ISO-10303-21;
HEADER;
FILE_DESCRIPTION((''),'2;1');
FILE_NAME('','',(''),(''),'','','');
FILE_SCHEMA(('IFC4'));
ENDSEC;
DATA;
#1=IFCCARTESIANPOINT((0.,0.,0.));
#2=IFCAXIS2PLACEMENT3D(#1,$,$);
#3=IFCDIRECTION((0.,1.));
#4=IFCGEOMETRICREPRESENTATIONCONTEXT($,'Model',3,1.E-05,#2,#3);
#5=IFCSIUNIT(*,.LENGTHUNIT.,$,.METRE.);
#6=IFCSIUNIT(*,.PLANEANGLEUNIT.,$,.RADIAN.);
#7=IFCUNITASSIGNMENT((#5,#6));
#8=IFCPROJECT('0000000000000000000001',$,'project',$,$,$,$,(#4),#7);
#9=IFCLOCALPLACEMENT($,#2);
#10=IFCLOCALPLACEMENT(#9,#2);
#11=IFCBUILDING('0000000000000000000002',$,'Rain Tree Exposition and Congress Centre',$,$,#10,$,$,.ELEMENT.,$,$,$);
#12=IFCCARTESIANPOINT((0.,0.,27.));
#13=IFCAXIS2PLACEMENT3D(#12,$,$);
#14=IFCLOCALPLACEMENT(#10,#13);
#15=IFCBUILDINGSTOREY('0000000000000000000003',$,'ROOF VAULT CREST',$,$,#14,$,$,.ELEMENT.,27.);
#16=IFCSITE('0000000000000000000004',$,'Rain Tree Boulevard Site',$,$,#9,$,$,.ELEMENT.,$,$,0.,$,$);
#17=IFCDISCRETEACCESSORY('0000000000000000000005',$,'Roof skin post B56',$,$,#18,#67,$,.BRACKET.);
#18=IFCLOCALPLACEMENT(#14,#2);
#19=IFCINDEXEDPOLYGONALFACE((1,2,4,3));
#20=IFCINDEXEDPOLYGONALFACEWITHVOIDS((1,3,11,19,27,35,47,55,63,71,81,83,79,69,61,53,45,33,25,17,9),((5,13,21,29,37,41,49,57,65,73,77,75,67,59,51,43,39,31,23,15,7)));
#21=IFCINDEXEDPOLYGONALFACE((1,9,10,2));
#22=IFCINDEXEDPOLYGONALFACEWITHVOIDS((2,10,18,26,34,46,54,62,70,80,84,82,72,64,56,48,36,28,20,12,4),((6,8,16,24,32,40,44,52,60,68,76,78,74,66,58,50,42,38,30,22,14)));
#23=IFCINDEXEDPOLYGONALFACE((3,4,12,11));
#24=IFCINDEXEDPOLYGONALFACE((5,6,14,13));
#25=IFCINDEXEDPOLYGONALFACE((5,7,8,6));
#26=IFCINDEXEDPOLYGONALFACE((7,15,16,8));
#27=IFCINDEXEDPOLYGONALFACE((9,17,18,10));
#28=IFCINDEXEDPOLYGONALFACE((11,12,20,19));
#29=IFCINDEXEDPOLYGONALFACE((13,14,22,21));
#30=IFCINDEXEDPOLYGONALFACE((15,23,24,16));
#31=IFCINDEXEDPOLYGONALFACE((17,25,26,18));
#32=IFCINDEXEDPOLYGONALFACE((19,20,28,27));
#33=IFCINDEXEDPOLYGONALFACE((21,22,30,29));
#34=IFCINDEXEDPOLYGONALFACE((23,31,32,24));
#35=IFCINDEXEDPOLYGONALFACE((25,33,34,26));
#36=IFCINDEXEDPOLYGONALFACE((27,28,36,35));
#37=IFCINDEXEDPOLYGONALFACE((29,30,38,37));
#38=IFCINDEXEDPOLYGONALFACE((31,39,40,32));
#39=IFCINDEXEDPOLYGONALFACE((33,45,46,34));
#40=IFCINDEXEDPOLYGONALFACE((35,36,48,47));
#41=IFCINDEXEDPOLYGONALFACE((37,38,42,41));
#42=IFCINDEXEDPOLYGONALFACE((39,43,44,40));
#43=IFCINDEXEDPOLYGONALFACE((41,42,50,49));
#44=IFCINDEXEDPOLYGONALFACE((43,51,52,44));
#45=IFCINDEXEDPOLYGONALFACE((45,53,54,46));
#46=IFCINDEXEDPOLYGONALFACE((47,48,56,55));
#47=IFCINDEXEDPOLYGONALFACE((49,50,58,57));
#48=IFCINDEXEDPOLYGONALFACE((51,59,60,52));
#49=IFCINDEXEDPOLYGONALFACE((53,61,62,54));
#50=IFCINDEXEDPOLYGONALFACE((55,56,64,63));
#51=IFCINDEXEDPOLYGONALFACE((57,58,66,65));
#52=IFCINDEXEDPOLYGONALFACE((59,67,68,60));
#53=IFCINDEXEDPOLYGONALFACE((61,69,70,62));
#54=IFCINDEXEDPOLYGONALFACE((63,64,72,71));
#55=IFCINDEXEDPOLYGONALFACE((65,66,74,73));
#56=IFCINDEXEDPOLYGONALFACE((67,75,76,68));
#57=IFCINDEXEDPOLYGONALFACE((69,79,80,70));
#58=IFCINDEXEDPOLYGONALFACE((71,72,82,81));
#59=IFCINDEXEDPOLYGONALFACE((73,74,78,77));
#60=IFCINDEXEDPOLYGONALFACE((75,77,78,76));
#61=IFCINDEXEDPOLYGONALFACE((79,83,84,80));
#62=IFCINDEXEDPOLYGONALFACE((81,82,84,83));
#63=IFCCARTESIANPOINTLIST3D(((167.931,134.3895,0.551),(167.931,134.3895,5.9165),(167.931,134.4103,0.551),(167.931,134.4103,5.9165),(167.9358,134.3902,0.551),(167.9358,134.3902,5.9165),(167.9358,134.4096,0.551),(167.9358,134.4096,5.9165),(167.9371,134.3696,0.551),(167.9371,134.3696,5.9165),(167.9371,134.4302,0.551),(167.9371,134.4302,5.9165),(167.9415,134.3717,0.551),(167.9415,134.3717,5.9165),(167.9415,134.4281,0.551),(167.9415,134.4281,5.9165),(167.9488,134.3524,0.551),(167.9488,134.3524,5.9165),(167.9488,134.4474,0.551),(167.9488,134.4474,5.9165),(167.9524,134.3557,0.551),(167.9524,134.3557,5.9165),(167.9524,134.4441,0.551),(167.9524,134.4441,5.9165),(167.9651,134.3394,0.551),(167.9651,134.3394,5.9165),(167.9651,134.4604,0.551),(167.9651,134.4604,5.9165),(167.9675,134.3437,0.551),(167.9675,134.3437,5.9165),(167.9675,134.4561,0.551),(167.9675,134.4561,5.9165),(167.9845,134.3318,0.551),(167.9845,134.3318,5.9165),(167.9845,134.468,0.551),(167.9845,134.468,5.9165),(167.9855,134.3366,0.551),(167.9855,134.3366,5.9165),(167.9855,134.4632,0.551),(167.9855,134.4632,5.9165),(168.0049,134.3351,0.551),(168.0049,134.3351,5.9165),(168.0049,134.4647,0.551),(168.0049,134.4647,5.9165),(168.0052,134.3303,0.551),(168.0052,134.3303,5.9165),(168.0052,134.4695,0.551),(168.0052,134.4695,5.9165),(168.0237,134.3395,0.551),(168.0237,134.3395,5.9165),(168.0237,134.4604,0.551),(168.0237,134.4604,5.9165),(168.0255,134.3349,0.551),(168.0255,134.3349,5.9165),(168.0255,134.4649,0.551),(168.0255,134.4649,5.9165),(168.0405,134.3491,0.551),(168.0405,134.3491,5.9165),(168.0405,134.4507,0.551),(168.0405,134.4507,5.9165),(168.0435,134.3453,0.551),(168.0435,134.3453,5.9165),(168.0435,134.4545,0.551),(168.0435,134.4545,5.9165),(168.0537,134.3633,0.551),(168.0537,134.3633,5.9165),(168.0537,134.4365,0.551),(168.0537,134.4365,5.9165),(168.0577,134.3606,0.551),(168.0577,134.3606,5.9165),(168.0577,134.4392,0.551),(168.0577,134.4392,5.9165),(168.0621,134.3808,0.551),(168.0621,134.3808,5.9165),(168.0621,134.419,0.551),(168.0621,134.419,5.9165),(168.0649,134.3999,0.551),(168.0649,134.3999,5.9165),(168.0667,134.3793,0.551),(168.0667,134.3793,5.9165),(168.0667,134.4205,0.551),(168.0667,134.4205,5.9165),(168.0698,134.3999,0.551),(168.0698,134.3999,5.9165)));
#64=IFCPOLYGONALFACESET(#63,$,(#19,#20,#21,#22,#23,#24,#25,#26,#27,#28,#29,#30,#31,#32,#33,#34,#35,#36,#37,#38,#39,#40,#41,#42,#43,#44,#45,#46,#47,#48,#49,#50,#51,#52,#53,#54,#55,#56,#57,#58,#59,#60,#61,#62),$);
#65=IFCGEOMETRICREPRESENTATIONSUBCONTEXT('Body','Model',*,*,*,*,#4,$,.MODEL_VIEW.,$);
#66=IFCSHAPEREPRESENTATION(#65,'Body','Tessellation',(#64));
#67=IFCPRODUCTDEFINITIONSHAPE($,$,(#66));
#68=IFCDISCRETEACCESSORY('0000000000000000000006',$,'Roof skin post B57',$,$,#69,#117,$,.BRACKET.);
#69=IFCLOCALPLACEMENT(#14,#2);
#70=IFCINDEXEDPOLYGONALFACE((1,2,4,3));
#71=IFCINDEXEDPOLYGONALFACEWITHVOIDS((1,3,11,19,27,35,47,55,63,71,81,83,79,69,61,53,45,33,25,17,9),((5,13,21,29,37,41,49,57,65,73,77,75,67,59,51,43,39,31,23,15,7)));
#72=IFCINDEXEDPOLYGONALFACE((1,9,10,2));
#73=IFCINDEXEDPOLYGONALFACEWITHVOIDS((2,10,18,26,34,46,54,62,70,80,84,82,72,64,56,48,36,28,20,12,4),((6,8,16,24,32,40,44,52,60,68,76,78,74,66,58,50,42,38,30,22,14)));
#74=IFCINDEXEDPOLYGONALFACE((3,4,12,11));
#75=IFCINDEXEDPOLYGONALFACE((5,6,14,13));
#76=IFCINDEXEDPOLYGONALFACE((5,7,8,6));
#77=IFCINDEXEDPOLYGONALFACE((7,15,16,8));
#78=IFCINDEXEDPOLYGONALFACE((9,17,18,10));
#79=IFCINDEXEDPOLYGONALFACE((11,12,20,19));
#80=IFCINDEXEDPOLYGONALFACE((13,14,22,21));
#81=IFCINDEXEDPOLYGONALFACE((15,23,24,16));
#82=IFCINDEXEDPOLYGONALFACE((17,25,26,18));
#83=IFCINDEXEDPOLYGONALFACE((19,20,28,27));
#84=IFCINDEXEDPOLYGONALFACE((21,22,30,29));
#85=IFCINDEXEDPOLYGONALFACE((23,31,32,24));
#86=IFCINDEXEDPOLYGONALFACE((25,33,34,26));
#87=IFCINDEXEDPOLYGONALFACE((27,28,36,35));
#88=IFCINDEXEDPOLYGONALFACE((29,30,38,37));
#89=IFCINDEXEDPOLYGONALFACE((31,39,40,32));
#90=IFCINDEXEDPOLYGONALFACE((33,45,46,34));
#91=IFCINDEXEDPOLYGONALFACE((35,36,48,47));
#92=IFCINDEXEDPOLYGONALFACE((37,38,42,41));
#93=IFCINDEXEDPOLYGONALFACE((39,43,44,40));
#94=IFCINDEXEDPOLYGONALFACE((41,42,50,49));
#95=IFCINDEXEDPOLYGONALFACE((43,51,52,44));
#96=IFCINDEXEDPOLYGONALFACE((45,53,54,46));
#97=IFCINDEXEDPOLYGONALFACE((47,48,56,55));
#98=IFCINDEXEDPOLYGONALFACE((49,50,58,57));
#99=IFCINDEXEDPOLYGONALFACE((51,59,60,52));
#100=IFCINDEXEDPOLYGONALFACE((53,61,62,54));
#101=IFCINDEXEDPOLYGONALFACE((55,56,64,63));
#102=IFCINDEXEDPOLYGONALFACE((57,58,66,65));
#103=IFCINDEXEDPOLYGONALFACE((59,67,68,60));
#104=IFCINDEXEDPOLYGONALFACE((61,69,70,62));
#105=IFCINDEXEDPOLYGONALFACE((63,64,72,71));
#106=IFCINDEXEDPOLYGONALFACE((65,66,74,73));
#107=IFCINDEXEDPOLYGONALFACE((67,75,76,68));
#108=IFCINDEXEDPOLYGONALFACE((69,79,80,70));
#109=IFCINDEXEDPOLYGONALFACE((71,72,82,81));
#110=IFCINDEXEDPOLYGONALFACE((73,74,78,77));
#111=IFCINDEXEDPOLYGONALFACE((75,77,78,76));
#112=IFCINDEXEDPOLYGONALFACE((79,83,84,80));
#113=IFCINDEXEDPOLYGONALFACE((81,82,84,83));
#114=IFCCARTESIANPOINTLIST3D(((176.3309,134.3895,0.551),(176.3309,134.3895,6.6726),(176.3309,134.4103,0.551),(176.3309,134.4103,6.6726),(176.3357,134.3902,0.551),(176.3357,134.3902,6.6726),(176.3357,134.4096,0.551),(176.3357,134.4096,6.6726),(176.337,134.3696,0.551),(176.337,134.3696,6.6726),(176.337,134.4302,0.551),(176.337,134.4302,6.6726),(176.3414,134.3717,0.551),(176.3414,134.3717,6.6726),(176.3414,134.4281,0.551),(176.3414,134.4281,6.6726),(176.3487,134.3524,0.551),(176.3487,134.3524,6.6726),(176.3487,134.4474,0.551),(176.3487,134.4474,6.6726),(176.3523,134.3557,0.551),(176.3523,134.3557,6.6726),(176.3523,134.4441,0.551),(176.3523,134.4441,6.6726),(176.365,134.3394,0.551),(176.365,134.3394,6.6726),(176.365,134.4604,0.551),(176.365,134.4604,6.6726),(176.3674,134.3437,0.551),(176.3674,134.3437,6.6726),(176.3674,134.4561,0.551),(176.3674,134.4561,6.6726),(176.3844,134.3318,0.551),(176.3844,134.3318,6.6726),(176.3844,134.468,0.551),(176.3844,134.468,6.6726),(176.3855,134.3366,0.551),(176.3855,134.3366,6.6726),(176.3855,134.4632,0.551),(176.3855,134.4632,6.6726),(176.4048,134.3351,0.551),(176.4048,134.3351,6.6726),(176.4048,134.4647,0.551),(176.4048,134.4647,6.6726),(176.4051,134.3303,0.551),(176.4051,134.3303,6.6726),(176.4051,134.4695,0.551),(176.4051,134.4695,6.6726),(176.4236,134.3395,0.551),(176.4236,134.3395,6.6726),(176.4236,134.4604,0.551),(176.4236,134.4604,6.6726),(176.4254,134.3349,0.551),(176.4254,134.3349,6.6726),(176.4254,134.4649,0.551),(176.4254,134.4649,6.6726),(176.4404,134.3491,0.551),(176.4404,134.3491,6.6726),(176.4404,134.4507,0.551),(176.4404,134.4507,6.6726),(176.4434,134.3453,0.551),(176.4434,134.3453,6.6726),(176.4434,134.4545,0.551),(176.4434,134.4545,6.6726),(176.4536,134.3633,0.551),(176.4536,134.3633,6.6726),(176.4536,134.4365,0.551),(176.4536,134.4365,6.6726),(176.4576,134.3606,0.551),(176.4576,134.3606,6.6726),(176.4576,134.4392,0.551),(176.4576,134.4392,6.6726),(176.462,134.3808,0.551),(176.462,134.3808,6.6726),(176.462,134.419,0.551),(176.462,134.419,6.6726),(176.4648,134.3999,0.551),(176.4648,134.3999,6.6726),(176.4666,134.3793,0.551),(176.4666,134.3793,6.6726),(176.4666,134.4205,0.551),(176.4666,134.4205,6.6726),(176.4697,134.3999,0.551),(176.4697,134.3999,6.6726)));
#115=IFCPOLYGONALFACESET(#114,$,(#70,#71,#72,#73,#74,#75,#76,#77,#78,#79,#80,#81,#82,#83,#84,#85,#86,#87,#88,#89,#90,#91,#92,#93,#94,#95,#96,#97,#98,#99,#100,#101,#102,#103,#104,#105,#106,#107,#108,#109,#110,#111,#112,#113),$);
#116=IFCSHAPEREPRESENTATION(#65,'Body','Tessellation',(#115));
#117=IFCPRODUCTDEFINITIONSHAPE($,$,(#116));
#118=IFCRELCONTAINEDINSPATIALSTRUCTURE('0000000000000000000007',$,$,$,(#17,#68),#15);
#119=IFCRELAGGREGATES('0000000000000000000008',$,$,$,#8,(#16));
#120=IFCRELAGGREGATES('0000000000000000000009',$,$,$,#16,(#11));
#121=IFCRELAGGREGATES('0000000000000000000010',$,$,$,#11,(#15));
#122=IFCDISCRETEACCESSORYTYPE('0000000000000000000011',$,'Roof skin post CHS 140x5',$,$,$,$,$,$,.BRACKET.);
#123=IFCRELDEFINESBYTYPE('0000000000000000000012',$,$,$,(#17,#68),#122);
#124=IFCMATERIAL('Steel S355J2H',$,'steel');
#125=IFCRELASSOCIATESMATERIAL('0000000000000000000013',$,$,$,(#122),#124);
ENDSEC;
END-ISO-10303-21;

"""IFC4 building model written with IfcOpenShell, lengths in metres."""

from ifc_helpers import new_model, si_unit, direction, frame, origin, origin_2d, place, context, subcontext, project, spatial, hollow_circle, extrude, material, material_profile, profile_set, type_object, element, save


model = new_model("IFC4")

# Units and contexts
model_context = context("Model", 3, precision=1e-05, world=origin(), true_north=direction((0.0, 1.0)))
body_context = subcontext(model_context, "Body", "Model", "MODEL_VIEW")
ifc_project = project(units=[si_unit("LENGTHUNIT", "METRE"), si_unit("PLANEANGLEUNIT", "RADIAN")], contexts=[model_context])

# Site, building, storey
site_placement = place(None, origin())
site = spatial("IfcSite", under=ifc_project, at=site_placement, Name="Rain Tree Boulevard Site", CompositionType="ELEMENT", RefElevation=0.0)
building_placement = place(site_placement, origin())
building = spatial("IfcBuilding", under=site, at=building_placement, Name="Rain Tree Exposition and Congress Centre", CompositionType="ELEMENT")
storey_placement = place(building_placement, frame((0.0, 0.0, 27.0)))
storey = spatial("IfcBuildingStorey", under=building, at=storey_placement, Name="ROOF VAULT CREST", CompositionType="ELEMENT", Elevation=27.0)

# Discrete accessories
ifc_material_1 = material(Name="Steel S355J2H", Category="steel")
ifc_material_profile_1 = material_profile(ifc_material_1, hollow_circle(Radius=0.0698, WallThickness=0.0049, at=origin_2d()), Name="CHS 140x5")
ifc_profile_set_1 = profile_set([ifc_material_profile_1], Name="Steel S355J2H")
discrete_accessory_type_1 = type_object("IfcDiscreteAccessoryType", Name="Roof skin post CHS 140x5", PredefinedType="BRACKET", material=ifc_profile_set_1)
discrete_accessory_1_placement = place(storey_placement, frame((168.0, 134.3999, 0.551), z_axis=(0.0, 0.0, 1.0), x_axis=(1.0, 0.0, 0.0)))
element("IfcDiscreteAccessory", 1, at=discrete_accessory_1_placement, inside=storey, type_object=discrete_accessory_type_1, Name="Roof skin post B56", PredefinedType="BRACKET", context=body_context, shape_type="SweptSolid", body=[
    extrude(hollow_circle(Radius=0.0698, WallThickness=0.0049, at=origin_2d()), origin(), (0.0, 0.0, 1.0), 5.3655),
])
discrete_accessory_2_placement = place(storey_placement, frame((176.3999, 134.3999, 0.551), z_axis=(0.0, 0.0, 1.0), x_axis=(1.0, 0.0, 0.0)))
element("IfcDiscreteAccessory", 2, at=discrete_accessory_2_placement, inside=storey, type_object=discrete_accessory_type_1, Name="Roof skin post B57", PredefinedType="BRACKET", context=body_context, shape_type="SweptSolid", body=[
    extrude(hollow_circle(Radius=0.0698, WallThickness=0.0049, at=origin_2d()), origin(), (0.0, 0.0, 1.0), 6.1216),
])

save(model, "model.ifc")
